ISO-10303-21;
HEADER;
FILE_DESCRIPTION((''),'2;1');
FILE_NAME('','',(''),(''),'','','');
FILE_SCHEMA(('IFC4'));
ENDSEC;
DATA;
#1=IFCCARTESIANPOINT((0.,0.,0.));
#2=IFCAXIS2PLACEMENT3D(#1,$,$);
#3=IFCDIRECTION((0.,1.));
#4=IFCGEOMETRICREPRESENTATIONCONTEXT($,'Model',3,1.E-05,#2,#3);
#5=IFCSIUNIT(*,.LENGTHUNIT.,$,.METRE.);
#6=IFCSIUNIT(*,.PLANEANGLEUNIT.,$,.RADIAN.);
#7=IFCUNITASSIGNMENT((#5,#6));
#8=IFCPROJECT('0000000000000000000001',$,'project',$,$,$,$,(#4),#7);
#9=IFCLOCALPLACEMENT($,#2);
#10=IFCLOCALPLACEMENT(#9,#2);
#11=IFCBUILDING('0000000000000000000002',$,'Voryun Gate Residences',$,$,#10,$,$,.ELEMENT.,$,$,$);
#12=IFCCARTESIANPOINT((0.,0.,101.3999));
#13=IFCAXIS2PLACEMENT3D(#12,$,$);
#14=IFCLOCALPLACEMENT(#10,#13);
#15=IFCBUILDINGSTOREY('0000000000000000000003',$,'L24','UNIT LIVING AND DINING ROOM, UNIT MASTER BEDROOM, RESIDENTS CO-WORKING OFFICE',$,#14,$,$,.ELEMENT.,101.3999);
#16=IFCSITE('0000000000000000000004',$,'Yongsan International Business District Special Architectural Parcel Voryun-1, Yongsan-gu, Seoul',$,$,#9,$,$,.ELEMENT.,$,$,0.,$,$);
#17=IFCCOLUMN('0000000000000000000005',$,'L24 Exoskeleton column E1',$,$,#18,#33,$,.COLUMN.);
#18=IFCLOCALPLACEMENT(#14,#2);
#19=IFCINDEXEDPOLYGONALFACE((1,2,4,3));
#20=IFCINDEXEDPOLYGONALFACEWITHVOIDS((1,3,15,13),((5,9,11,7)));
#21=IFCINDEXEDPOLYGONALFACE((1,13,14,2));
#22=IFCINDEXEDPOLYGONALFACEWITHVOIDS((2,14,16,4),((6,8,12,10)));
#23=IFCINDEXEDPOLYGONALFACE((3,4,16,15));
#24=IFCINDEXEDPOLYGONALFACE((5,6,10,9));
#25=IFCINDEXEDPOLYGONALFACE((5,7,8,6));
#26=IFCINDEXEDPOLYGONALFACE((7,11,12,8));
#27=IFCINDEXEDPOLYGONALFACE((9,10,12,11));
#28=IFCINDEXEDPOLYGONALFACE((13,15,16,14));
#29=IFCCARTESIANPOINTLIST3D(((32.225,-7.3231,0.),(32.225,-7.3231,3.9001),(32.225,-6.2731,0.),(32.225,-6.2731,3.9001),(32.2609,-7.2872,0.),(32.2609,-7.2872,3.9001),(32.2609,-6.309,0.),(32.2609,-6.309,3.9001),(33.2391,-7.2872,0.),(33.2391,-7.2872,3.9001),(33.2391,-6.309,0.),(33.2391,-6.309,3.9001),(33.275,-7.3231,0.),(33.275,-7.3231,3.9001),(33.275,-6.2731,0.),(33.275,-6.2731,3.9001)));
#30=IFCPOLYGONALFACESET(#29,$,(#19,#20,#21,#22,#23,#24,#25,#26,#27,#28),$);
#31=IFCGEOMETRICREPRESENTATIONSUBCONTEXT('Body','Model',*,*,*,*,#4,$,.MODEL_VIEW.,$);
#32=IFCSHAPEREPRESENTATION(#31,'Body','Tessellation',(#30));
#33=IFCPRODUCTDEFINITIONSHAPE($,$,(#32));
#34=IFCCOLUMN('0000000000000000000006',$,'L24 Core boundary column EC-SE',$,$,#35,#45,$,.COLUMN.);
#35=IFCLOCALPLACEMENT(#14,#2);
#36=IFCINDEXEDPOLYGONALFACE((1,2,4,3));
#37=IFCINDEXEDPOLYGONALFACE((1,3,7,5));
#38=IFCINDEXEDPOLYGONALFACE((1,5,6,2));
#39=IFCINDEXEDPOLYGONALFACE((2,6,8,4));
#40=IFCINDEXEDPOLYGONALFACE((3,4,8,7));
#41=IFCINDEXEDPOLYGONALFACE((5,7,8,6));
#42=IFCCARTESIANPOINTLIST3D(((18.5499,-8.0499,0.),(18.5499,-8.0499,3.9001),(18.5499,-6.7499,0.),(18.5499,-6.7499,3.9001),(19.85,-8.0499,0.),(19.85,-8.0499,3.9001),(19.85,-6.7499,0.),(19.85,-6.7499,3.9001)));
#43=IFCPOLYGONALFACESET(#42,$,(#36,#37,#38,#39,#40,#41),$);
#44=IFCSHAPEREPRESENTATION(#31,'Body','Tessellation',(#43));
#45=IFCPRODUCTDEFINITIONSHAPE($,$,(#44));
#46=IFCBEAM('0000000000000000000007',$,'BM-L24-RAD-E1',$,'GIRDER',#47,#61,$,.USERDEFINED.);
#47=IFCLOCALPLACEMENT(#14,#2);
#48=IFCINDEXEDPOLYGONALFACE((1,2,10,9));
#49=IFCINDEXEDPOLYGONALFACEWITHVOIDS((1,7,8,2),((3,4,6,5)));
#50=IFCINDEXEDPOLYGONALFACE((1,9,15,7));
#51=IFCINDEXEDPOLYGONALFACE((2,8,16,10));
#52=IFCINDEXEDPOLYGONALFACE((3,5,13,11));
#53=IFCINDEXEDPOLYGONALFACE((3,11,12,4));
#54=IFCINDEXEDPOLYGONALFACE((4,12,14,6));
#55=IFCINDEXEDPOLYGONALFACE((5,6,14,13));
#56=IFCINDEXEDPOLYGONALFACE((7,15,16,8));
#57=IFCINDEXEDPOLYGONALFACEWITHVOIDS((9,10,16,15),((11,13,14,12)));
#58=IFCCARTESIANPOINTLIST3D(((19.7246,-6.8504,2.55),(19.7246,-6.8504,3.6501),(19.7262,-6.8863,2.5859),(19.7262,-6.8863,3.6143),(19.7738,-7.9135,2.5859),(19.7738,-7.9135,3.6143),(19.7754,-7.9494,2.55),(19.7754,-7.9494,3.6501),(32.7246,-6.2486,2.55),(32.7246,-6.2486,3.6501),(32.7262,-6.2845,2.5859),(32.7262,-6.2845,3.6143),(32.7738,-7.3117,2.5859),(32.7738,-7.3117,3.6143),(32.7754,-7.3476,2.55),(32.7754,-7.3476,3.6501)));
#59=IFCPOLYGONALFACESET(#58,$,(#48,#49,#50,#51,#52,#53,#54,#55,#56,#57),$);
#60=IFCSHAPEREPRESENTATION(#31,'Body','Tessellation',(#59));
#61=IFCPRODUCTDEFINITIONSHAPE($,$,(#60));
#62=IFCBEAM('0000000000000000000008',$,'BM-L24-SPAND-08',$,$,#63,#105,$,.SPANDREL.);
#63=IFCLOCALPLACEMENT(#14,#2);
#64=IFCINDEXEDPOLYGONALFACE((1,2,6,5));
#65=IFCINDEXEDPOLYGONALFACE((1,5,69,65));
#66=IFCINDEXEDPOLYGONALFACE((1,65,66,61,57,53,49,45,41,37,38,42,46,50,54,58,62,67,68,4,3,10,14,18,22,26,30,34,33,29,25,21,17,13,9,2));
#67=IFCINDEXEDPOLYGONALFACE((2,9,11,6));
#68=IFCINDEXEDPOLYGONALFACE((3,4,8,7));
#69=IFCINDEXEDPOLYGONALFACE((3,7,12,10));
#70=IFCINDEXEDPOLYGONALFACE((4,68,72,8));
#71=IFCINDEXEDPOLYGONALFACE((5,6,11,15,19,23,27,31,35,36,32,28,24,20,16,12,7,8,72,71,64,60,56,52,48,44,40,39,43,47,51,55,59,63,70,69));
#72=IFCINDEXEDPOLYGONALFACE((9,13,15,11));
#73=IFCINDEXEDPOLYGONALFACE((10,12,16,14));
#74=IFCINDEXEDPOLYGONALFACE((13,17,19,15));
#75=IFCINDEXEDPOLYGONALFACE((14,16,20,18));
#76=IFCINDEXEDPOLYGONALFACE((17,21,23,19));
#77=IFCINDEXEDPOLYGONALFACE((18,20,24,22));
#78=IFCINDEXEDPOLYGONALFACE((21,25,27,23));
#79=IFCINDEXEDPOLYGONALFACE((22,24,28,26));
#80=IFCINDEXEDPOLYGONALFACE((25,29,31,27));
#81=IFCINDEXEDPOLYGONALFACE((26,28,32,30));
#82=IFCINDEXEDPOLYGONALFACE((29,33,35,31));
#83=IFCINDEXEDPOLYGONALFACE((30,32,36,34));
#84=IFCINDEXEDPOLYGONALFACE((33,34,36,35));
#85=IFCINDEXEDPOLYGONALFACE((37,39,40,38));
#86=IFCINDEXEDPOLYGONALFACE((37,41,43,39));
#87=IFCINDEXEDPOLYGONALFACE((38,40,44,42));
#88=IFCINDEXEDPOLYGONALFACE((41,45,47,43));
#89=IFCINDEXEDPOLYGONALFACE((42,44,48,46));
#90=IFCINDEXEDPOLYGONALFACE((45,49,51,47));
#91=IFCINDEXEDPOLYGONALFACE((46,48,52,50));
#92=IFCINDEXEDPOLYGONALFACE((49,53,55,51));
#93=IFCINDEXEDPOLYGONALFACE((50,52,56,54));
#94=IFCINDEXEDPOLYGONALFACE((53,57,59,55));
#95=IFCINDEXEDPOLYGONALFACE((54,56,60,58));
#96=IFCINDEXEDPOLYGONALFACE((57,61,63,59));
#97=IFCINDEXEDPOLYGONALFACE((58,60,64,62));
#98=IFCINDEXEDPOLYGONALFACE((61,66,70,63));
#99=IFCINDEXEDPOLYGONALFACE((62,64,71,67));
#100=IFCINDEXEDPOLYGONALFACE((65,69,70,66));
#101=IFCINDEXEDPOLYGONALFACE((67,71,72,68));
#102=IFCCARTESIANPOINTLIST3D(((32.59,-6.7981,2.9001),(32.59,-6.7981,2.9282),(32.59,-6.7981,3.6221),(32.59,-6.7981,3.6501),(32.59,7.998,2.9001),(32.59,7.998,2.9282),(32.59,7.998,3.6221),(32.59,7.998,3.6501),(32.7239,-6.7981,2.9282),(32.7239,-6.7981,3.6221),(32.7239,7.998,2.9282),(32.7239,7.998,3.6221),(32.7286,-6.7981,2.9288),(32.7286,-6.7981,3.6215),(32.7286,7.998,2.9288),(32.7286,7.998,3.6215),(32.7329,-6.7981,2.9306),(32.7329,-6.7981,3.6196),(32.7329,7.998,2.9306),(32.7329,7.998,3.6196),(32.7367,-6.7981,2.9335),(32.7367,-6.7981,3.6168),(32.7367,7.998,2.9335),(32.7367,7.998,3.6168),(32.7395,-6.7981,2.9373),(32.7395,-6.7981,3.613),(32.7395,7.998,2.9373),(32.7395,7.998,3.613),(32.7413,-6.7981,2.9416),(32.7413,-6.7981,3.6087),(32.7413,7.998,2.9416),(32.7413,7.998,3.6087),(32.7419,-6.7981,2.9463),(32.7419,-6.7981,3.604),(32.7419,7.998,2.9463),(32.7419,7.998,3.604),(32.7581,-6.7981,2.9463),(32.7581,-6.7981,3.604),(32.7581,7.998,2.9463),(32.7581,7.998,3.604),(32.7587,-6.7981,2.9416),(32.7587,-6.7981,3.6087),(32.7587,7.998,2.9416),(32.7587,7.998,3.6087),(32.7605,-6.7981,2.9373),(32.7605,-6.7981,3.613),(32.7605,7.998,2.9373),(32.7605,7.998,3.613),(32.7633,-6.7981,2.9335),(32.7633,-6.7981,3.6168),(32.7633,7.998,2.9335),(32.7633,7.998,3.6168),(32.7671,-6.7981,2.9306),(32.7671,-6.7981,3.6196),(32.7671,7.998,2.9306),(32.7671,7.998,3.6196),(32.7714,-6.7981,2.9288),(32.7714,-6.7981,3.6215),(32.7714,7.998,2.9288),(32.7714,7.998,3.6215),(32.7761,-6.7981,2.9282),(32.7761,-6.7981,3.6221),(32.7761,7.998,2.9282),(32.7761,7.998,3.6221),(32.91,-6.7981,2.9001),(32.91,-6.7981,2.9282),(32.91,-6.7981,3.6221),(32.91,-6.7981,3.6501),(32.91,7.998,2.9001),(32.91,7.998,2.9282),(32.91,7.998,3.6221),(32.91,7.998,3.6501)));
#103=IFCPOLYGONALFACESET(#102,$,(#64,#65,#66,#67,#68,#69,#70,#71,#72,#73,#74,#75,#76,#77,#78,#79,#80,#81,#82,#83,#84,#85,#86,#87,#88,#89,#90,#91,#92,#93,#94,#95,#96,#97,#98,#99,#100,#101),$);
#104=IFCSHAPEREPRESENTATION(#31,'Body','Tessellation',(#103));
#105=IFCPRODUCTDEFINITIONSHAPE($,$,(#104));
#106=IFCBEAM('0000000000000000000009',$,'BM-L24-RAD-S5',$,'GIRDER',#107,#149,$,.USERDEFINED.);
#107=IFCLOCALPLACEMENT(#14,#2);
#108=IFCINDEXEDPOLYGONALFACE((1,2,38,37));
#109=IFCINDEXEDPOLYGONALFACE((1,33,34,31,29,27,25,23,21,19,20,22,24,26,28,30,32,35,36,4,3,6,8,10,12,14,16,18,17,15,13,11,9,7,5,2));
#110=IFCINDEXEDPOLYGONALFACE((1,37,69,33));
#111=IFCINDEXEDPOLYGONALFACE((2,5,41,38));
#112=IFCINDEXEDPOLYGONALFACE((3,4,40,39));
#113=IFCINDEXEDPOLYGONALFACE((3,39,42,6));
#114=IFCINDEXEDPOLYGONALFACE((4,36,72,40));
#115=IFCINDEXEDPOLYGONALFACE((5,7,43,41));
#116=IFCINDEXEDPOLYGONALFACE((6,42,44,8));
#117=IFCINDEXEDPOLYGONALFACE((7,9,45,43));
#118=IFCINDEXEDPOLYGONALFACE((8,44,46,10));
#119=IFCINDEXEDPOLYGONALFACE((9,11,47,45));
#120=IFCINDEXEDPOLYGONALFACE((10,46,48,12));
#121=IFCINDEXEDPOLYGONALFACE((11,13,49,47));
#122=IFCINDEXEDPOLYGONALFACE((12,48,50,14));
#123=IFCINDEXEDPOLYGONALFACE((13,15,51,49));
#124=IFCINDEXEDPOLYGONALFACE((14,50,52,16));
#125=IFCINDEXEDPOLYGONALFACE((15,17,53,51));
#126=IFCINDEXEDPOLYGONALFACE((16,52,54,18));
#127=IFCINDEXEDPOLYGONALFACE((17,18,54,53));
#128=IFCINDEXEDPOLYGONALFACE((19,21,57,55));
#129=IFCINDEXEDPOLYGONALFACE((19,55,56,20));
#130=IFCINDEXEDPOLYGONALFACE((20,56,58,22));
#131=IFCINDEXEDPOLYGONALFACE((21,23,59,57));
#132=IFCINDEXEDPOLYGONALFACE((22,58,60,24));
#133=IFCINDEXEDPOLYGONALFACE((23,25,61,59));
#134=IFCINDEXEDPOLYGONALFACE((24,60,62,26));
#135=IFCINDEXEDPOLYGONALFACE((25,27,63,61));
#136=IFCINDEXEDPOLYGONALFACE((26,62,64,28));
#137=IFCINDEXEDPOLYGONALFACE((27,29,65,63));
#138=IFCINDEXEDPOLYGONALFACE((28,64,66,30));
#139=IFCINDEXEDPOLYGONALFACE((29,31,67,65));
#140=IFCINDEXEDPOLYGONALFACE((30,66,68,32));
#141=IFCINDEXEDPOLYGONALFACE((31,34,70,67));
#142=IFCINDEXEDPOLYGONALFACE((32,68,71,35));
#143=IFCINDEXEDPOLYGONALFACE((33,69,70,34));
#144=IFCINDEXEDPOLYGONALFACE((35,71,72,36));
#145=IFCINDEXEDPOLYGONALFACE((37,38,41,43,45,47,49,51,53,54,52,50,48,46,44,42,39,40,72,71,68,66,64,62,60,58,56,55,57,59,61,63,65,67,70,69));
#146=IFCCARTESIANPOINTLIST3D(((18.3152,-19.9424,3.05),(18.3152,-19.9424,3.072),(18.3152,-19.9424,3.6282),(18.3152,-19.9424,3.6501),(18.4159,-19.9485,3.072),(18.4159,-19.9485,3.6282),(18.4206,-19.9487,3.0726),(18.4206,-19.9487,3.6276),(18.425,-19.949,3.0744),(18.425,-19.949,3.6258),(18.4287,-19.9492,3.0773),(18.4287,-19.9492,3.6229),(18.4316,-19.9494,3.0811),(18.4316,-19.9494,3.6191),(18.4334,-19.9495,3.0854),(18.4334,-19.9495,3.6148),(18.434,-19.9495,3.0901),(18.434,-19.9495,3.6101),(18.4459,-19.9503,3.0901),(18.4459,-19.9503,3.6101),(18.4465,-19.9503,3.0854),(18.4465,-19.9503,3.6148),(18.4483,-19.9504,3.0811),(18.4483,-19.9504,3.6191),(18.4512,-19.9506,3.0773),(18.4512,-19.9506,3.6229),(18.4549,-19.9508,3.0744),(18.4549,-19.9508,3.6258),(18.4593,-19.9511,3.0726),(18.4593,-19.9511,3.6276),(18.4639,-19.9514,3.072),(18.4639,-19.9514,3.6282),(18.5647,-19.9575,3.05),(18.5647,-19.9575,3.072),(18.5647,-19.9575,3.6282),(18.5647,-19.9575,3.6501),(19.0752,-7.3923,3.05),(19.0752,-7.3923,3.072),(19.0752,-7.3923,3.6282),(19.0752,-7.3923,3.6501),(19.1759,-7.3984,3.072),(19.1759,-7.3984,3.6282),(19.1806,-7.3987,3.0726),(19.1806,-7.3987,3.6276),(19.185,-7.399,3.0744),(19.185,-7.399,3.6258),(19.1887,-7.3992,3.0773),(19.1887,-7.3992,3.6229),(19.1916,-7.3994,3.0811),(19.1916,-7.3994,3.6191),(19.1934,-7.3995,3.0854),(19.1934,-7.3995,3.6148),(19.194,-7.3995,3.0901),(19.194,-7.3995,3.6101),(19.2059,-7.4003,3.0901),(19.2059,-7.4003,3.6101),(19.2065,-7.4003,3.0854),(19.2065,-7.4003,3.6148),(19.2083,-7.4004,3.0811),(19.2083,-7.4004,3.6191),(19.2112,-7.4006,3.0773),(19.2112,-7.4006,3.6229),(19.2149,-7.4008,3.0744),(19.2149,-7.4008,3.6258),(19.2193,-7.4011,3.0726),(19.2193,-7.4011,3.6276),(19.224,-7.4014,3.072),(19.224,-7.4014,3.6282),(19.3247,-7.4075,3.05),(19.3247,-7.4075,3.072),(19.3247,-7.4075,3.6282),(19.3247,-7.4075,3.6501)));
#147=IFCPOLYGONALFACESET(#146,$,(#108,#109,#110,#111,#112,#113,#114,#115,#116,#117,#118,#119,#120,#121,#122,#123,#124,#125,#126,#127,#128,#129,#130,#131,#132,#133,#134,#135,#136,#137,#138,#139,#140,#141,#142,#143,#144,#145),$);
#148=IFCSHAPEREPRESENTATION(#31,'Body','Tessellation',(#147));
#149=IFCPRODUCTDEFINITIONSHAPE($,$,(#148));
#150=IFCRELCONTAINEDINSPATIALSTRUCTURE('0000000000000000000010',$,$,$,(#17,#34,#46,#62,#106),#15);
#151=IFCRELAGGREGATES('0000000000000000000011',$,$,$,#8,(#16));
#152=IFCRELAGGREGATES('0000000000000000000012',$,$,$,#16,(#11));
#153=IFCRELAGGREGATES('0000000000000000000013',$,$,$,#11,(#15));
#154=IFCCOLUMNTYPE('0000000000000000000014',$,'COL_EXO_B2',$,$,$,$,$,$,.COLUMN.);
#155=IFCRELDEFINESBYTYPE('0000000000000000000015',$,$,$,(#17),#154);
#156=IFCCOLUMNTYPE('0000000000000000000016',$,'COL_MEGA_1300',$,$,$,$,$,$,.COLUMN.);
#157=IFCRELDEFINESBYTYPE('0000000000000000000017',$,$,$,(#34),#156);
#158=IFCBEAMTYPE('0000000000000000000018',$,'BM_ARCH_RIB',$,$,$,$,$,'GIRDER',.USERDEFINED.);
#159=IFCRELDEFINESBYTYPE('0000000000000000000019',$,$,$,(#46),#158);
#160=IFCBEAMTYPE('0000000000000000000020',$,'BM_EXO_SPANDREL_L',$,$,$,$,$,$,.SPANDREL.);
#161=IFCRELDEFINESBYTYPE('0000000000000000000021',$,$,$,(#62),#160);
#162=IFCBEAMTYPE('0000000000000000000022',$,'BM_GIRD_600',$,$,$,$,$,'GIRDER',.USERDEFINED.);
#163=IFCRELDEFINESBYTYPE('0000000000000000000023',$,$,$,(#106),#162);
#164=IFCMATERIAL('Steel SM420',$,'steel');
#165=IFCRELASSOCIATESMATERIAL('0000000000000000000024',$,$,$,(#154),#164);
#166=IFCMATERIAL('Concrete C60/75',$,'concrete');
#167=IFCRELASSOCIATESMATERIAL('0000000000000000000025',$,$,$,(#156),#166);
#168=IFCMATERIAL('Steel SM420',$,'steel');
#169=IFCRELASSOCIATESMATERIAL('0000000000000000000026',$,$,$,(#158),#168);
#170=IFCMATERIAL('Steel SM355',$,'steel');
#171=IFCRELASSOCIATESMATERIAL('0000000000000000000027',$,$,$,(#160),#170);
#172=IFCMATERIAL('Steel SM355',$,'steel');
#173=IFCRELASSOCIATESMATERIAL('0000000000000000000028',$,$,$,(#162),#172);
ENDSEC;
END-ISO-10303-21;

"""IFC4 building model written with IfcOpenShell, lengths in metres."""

from ifc_helpers import new_model, si_unit, direction, frame, origin, origin_2d, place, context, subcontext, project, spatial, rectangle, hollow_rectangle, i_section, extrude, material, material_profile, profile_set, type_object, element, save


model = new_model("IFC4")

# Units and contexts
model_context = context("Model", 3, precision=1e-05, world=origin(), true_north=direction((0.0, 1.0)))
body_context = subcontext(model_context, "Body", "Model", "MODEL_VIEW")
ifc_project = project(units=[si_unit("LENGTHUNIT", "METRE"), si_unit("PLANEANGLEUNIT", "RADIAN")], contexts=[model_context])

# Site, building, storey
site_placement = place(None, origin())
site = spatial("IfcSite", under=ifc_project, at=site_placement, Name="Yongsan International Business District Special Architectural Parcel Voryun-1, Yongsan-gu, Seoul", CompositionType="ELEMENT", RefElevation=0.0)
building_placement = place(site_placement, origin())
building = spatial("IfcBuilding", under=site, at=building_placement, Name="Voryun Gate Residences", CompositionType="ELEMENT")
storey_placement = place(building_placement, frame((0.0, 0.0, 101.3999)))
storey = spatial("IfcBuildingStorey", under=building, at=storey_placement, Name="L24", Description="UNIT LIVING AND DINING ROOM, UNIT MASTER BEDROOM, RESIDENTS CO-WORKING OFFICE", CompositionType="ELEMENT", Elevation=101.3999)

# Columns
ifc_material_1 = material(Name="Steel SM420", Category="steel")
ifc_material_profile_1 = material_profile(ifc_material_1, hollow_rectangle(XDim=1.05, YDim=1.05, WallThickness=0.0359, at=origin_2d()), Name="BOX-1050x1050x36")
ifc_profile_set_1 = profile_set([ifc_material_profile_1], Name="Steel SM420")
column_type_1 = type_object("IfcColumnType", Name="COL_EXO_B2", PredefinedType="COLUMN", material=ifc_profile_set_1)
column_1_placement = place(storey_placement, frame((32.75, -6.7981, 0.0), z_axis=(0.0, 0.0, 1.0), x_axis=(1.0, 0.0, 0.0)))
element("IfcColumn", 1, at=column_1_placement, inside=storey, type_object=column_type_1, Name="L24 Exoskeleton column E1", PredefinedType="COLUMN", context=body_context, shape_type="SweptSolid", body=[
    extrude(hollow_rectangle(XDim=1.05, YDim=1.05, WallThickness=0.0359, at=origin_2d()), origin(), (0.0, 0.0, 1.0), 3.9001),
])
ifc_material_2 = material(Name="Concrete C60/75", Category="concrete")
ifc_material_profile_2 = material_profile(ifc_material_2, rectangle(XDim=1.3, YDim=1.3, at=origin_2d()), Name="RC-1300x1300")
ifc_profile_set_2 = profile_set([ifc_material_profile_2], Name="Concrete C60/75")
column_type_2 = type_object("IfcColumnType", Name="COL_MEGA_1300", PredefinedType="COLUMN", material=ifc_profile_set_2)
column_2_placement = place(storey_placement, frame((19.2, -7.3999, 0.0), z_axis=(0.0, 0.0, 1.0), x_axis=(1.0, 0.0, 0.0)))
element("IfcColumn", 2, at=column_2_placement, inside=storey, type_object=column_type_2, Name="L24 Core boundary column EC-SE", PredefinedType="COLUMN", context=body_context, shape_type="SweptSolid", body=[
    extrude(rectangle(XDim=1.3, YDim=1.3, at=origin_2d()), origin(), (0.0, 0.0, 1.0), 3.9001),
])

# Beams
ifc_material_3 = material(Name="Steel SM420", Category="steel")
ifc_material_profile_3 = material_profile(ifc_material_3, hollow_rectangle(XDim=1.1001, YDim=1.1001, WallThickness=0.0359, at=origin_2d()), Name="BOX-1100x1100x36")
ifc_profile_set_3 = profile_set([ifc_material_profile_3], Name="Steel SM420")
beam_type_1 = type_object("IfcBeamType", Name="BM_ARCH_RIB", ElementType="GIRDER", PredefinedType="USERDEFINED", material=ifc_profile_set_3)
beam_1_placement = place(storey_placement, frame((19.75, -7.3999, 3.1001), z_axis=(0.99893, 0.046243, 0.0), x_axis=(-0.046243, 0.99893, 0.0)))
element("IfcBeam", 3, at=beam_1_placement, inside=storey, type_object=beam_type_1, Name="BM-L24-RAD-E1", ObjectType="GIRDER", PredefinedType="USERDEFINED", context=body_context, shape_type="SweptSolid", body=[
    extrude(hollow_rectangle(XDim=1.1001, YDim=1.1001, WallThickness=0.0359, at=origin_2d()), origin(), (0.0, 0.0, 1.0), 13.0139),
])
ifc_material_4 = material(Name="Steel SM355", Category="steel")
ifc_material_profile_4 = material_profile(ifc_material_4, i_section(OverallWidth=0.3201, OverallDepth=0.75, WebThickness=0.0161, FlangeThickness=0.0281, FilletRadius=0.0181, at=origin_2d()), Name="H-750x320x16x28")
ifc_profile_set_4 = profile_set([ifc_material_profile_4], Name="Steel SM355")
beam_type_2 = type_object("IfcBeamType", Name="BM_EXO_SPANDREL_L", PredefinedType="SPANDREL", material=ifc_profile_set_4)
beam_2_placement = place(storey_placement, frame((32.75, -6.7981, 3.2751), z_axis=(0.0, 1.0, 0.0), x_axis=(-1.0, 0.0, 0.0)))
element("IfcBeam", 4, at=beam_2_placement, inside=storey, type_object=beam_type_2, Name="BM-L24-SPAND-08", PredefinedType="SPANDREL", context=body_context, shape_type="SweptSolid", body=[
    extrude(i_section(OverallWidth=0.3201, OverallDepth=0.75, WebThickness=0.0161, FlangeThickness=0.0281, FilletRadius=0.0181, at=origin_2d()), origin(), (0.0, 0.0, 1.0), 14.7961),
])
ifc_material_5 = material(Name="Steel SM355", Category="steel")
ifc_material_profile_5 = material_profile(ifc_material_5, i_section(OverallWidth=0.25, OverallDepth=0.6001, WebThickness=0.012, FlangeThickness=0.022, FilletRadius=0.0181, at=origin_2d()), Name="H-600x250x12x22")
ifc_profile_set_5 = profile_set([ifc_material_profile_5], Name="Steel SM355")
beam_type_3 = type_object("IfcBeamType", Name="BM_GIRD_600", ElementType="GIRDER", PredefinedType="USERDEFINED", material=ifc_profile_set_5)
beam_3_placement = place(storey_placement, frame((19.2, -7.3999, 3.3501), z_axis=(-0.060448, -0.998171, 0.0), x_axis=(0.998171, -0.060448, 0.0)))
element("IfcBeam", 5, at=beam_3_placement, inside=storey, type_object=beam_type_3, Name="BM-L24-RAD-S5", ObjectType="GIRDER", PredefinedType="USERDEFINED", context=body_context, shape_type="SweptSolid", body=[
    extrude(i_section(OverallWidth=0.25, OverallDepth=0.6001, WebThickness=0.012, FlangeThickness=0.022, FilletRadius=0.0181, at=origin_2d()), origin(), (0.0, 0.0, 1.0), 12.573),
])

save(model, "model.ifc")
